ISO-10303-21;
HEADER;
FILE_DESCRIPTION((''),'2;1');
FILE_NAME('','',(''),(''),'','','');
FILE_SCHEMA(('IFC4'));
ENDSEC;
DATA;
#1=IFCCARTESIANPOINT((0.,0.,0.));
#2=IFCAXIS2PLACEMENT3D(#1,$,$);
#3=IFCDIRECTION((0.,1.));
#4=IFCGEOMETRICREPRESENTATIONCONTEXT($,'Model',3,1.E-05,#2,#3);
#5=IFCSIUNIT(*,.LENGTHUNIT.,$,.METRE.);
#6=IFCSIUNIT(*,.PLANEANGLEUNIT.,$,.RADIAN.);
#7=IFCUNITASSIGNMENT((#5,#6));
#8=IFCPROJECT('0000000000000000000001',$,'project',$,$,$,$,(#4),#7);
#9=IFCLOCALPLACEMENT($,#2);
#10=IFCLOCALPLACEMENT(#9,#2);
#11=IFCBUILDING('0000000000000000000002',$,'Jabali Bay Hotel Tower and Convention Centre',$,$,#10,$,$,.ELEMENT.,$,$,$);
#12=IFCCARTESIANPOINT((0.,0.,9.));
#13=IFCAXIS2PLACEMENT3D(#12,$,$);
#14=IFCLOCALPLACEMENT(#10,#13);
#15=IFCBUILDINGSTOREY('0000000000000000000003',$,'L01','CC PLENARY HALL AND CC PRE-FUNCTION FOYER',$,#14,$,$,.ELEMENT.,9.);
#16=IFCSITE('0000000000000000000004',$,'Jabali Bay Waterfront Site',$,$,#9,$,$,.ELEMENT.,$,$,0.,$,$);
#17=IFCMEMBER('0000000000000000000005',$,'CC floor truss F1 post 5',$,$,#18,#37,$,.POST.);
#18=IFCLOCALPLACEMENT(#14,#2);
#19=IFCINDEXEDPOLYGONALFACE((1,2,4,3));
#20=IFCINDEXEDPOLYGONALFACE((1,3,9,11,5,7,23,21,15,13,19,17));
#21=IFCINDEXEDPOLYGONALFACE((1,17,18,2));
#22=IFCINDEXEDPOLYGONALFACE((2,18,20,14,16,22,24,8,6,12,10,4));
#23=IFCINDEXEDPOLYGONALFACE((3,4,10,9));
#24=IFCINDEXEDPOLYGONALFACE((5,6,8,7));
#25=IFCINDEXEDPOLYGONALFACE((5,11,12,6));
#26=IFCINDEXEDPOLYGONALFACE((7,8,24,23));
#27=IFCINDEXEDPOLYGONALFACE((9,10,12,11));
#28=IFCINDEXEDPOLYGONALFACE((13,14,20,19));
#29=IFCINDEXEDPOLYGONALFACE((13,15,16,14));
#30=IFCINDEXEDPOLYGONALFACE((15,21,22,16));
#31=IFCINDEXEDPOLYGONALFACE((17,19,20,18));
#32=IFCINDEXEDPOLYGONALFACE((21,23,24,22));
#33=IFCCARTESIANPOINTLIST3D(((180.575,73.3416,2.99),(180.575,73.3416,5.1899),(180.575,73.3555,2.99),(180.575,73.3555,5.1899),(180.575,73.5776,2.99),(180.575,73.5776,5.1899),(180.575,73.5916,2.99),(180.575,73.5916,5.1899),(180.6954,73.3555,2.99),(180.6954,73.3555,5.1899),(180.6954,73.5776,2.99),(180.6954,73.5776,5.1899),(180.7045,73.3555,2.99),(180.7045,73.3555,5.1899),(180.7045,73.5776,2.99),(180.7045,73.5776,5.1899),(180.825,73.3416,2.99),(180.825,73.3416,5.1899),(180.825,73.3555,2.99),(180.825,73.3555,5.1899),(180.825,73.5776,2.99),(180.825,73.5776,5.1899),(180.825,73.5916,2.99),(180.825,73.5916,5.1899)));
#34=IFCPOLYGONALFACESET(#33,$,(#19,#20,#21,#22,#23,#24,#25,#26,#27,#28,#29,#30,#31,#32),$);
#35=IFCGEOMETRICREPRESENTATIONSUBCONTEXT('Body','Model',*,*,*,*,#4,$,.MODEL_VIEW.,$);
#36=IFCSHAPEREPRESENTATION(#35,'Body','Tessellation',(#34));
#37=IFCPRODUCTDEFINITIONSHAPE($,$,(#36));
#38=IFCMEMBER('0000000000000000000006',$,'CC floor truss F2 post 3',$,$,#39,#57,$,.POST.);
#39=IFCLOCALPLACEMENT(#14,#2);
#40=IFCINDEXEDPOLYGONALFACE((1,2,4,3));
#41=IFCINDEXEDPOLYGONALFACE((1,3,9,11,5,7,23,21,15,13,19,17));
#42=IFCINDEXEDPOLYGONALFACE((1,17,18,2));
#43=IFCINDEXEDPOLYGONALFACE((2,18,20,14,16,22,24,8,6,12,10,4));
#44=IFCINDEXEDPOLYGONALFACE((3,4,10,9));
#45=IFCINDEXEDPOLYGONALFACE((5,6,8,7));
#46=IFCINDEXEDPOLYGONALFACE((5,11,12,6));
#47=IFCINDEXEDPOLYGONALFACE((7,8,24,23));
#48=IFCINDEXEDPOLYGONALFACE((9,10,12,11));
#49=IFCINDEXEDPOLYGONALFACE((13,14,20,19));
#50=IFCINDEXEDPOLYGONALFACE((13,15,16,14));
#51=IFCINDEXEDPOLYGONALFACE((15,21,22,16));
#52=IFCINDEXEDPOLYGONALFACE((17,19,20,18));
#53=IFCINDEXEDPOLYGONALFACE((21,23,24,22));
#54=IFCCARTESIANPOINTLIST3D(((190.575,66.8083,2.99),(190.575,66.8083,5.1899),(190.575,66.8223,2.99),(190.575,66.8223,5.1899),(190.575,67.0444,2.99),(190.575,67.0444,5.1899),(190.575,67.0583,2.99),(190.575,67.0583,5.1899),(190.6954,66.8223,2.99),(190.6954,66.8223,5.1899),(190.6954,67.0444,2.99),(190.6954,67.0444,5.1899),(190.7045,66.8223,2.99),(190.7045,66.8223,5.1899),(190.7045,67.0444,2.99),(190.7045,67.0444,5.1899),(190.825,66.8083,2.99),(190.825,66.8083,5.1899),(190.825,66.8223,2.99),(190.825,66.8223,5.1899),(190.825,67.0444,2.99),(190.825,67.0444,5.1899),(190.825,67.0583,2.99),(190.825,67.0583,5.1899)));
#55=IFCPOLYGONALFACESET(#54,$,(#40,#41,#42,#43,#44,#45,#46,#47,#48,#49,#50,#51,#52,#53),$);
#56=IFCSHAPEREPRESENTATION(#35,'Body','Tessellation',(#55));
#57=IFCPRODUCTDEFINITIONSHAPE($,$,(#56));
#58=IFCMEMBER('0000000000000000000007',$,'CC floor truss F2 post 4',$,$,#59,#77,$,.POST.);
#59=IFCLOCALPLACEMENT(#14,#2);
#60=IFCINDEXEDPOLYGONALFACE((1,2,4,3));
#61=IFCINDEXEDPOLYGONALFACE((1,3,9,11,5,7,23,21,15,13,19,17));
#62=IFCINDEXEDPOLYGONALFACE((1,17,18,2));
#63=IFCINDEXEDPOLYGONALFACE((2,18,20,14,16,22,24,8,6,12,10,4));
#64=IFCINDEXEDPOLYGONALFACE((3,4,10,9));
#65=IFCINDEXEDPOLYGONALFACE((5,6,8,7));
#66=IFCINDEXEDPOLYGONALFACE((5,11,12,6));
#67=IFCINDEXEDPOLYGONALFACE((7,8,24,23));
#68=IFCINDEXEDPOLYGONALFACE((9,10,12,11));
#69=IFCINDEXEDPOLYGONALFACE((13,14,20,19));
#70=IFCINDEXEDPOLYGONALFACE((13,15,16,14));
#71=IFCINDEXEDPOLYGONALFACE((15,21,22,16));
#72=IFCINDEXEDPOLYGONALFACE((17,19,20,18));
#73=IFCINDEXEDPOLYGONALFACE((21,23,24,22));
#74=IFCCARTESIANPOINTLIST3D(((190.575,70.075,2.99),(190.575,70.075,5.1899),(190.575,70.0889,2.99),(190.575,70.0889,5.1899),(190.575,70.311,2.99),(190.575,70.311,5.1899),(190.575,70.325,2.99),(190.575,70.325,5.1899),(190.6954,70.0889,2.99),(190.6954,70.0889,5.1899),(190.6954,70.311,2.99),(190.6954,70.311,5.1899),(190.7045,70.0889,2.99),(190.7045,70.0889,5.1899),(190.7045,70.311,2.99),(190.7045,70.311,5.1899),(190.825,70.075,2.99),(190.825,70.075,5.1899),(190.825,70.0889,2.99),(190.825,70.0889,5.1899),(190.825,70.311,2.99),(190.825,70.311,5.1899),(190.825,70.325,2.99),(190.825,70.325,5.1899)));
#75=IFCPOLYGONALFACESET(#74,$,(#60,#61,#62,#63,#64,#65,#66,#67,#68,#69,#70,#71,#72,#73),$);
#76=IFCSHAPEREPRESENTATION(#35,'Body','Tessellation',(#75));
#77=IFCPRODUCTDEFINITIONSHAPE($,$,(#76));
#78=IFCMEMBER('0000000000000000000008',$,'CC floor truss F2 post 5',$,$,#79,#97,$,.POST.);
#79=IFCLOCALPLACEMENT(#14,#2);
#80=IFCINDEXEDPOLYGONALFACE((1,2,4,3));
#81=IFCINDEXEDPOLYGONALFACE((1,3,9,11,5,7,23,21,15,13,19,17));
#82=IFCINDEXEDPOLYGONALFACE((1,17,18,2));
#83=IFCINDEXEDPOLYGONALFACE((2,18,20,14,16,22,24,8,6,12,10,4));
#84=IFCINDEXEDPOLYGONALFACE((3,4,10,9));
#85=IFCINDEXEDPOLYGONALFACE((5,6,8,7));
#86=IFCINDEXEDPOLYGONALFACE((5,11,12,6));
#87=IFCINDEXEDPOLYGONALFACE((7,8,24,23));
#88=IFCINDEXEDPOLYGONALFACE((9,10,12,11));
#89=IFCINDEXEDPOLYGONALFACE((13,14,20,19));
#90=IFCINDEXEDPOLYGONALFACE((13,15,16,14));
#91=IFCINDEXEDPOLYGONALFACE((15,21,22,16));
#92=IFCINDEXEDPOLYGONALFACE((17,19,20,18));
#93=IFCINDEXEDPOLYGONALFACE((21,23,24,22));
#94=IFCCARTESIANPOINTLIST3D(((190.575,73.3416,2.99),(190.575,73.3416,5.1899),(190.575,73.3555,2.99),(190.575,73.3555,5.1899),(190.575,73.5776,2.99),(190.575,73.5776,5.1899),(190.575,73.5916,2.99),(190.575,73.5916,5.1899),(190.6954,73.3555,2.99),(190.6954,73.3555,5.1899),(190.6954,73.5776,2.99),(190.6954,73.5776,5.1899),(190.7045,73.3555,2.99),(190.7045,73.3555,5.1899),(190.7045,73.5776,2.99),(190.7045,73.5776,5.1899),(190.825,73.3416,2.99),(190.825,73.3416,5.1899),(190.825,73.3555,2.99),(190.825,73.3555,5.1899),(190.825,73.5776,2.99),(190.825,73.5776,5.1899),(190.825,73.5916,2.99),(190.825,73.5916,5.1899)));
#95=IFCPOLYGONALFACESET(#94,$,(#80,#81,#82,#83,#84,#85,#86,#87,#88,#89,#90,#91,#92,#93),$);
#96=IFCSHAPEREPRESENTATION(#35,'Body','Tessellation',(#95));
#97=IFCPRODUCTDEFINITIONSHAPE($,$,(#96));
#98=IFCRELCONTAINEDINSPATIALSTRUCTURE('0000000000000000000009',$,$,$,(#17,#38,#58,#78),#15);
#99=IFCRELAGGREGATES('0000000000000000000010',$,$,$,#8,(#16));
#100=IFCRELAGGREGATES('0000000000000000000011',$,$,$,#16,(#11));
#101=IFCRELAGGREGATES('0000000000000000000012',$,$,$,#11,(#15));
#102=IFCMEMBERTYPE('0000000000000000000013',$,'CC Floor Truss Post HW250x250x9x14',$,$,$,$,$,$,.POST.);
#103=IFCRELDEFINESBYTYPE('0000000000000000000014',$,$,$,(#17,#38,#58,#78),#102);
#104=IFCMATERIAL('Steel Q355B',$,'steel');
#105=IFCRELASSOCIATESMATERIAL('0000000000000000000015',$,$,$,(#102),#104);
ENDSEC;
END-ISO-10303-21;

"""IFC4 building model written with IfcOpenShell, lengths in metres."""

from ifc_helpers import new_model, si_unit, direction, frame, origin, origin_2d, place, context, subcontext, project, spatial, i_section, extrude, material, material_profile, profile_set, type_object, element, save


model = new_model("IFC4")

# Units and contexts
model_context = context("Model", 3, precision=1e-05, world=origin(), true_north=direction((0.0, 1.0)))
body_context = subcontext(model_context, "Body", "Model", "MODEL_VIEW")
ifc_project = project(units=[si_unit("LENGTHUNIT", "METRE"), si_unit("PLANEANGLEUNIT", "RADIAN")], contexts=[model_context])

# Site, building, storey
site_placement = place(None, origin())
site = spatial("IfcSite", under=ifc_project, at=site_placement, Name="Jabali Bay Waterfront Site", CompositionType="ELEMENT", RefElevation=0.0)
building_placement = place(site_placement, origin())
building = spatial("IfcBuilding", under=site, at=building_placement, Name="Jabali Bay Hotel Tower and Convention Centre", CompositionType="ELEMENT")
storey_placement = place(building_placement, frame((0.0, 0.0, 9.0)))
storey = spatial("IfcBuildingStorey", under=building, at=storey_placement, Name="L01", Description="CC PLENARY HALL AND CC PRE-FUNCTION FOYER", CompositionType="ELEMENT", Elevation=9.0)

# Members
ifc_material = material(Name="Steel Q355B", Category="steel")
ifc_material_profile_1 = material_profile(ifc_material, i_section(OverallWidth=0.25, OverallDepth=0.25, WebThickness=0.009, FlangeThickness=0.0139, at=origin_2d()), Name="HW250x250x9x14")
ifc_profile_set_1 = profile_set([ifc_material_profile_1], Name="Steel Q355B")
member_type_1 = type_object("IfcMemberType", Name="CC Floor Truss Post HW250x250x9x14", PredefinedType="POST", material=ifc_profile_set_1)
for number, where, z_axis, x_axis, name in (
    (1, (180.7, 73.4666, 2.99), (0.0, 0.0, 1.0), (1.0, 0.0, 0.0), "CC floor truss F1 post 5"),
    (2, (190.7, 66.9333, 2.99), (0.0, 0.0, 1.0), (1.0, 0.0, 0.0), "CC floor truss F2 post 3"),
    (3, (190.7, 70.2, 2.99), (0.0, 0.0, 1.0), (1.0, 0.0, 0.0), "CC floor truss F2 post 4"),
    (4, (190.7, 73.4666, 2.99), (0.0, 0.0, 1.0), (1.0, 0.0, 0.0), "CC floor truss F2 post 5"),
):
    element("IfcMember", number, at=place(storey_placement, frame(where, z_axis=z_axis, x_axis=x_axis)), inside=storey, type_object=member_type_1, Name=name, PredefinedType="POST", context=body_context, shape_type="SweptSolid", body=[
        extrude(i_section(OverallWidth=0.25, OverallDepth=0.25, WebThickness=0.009, FlangeThickness=0.0139, at=origin_2d()), origin(), (0.0, 0.0, 1.0), 2.2),
    ])

save(model, "model.ifc")
